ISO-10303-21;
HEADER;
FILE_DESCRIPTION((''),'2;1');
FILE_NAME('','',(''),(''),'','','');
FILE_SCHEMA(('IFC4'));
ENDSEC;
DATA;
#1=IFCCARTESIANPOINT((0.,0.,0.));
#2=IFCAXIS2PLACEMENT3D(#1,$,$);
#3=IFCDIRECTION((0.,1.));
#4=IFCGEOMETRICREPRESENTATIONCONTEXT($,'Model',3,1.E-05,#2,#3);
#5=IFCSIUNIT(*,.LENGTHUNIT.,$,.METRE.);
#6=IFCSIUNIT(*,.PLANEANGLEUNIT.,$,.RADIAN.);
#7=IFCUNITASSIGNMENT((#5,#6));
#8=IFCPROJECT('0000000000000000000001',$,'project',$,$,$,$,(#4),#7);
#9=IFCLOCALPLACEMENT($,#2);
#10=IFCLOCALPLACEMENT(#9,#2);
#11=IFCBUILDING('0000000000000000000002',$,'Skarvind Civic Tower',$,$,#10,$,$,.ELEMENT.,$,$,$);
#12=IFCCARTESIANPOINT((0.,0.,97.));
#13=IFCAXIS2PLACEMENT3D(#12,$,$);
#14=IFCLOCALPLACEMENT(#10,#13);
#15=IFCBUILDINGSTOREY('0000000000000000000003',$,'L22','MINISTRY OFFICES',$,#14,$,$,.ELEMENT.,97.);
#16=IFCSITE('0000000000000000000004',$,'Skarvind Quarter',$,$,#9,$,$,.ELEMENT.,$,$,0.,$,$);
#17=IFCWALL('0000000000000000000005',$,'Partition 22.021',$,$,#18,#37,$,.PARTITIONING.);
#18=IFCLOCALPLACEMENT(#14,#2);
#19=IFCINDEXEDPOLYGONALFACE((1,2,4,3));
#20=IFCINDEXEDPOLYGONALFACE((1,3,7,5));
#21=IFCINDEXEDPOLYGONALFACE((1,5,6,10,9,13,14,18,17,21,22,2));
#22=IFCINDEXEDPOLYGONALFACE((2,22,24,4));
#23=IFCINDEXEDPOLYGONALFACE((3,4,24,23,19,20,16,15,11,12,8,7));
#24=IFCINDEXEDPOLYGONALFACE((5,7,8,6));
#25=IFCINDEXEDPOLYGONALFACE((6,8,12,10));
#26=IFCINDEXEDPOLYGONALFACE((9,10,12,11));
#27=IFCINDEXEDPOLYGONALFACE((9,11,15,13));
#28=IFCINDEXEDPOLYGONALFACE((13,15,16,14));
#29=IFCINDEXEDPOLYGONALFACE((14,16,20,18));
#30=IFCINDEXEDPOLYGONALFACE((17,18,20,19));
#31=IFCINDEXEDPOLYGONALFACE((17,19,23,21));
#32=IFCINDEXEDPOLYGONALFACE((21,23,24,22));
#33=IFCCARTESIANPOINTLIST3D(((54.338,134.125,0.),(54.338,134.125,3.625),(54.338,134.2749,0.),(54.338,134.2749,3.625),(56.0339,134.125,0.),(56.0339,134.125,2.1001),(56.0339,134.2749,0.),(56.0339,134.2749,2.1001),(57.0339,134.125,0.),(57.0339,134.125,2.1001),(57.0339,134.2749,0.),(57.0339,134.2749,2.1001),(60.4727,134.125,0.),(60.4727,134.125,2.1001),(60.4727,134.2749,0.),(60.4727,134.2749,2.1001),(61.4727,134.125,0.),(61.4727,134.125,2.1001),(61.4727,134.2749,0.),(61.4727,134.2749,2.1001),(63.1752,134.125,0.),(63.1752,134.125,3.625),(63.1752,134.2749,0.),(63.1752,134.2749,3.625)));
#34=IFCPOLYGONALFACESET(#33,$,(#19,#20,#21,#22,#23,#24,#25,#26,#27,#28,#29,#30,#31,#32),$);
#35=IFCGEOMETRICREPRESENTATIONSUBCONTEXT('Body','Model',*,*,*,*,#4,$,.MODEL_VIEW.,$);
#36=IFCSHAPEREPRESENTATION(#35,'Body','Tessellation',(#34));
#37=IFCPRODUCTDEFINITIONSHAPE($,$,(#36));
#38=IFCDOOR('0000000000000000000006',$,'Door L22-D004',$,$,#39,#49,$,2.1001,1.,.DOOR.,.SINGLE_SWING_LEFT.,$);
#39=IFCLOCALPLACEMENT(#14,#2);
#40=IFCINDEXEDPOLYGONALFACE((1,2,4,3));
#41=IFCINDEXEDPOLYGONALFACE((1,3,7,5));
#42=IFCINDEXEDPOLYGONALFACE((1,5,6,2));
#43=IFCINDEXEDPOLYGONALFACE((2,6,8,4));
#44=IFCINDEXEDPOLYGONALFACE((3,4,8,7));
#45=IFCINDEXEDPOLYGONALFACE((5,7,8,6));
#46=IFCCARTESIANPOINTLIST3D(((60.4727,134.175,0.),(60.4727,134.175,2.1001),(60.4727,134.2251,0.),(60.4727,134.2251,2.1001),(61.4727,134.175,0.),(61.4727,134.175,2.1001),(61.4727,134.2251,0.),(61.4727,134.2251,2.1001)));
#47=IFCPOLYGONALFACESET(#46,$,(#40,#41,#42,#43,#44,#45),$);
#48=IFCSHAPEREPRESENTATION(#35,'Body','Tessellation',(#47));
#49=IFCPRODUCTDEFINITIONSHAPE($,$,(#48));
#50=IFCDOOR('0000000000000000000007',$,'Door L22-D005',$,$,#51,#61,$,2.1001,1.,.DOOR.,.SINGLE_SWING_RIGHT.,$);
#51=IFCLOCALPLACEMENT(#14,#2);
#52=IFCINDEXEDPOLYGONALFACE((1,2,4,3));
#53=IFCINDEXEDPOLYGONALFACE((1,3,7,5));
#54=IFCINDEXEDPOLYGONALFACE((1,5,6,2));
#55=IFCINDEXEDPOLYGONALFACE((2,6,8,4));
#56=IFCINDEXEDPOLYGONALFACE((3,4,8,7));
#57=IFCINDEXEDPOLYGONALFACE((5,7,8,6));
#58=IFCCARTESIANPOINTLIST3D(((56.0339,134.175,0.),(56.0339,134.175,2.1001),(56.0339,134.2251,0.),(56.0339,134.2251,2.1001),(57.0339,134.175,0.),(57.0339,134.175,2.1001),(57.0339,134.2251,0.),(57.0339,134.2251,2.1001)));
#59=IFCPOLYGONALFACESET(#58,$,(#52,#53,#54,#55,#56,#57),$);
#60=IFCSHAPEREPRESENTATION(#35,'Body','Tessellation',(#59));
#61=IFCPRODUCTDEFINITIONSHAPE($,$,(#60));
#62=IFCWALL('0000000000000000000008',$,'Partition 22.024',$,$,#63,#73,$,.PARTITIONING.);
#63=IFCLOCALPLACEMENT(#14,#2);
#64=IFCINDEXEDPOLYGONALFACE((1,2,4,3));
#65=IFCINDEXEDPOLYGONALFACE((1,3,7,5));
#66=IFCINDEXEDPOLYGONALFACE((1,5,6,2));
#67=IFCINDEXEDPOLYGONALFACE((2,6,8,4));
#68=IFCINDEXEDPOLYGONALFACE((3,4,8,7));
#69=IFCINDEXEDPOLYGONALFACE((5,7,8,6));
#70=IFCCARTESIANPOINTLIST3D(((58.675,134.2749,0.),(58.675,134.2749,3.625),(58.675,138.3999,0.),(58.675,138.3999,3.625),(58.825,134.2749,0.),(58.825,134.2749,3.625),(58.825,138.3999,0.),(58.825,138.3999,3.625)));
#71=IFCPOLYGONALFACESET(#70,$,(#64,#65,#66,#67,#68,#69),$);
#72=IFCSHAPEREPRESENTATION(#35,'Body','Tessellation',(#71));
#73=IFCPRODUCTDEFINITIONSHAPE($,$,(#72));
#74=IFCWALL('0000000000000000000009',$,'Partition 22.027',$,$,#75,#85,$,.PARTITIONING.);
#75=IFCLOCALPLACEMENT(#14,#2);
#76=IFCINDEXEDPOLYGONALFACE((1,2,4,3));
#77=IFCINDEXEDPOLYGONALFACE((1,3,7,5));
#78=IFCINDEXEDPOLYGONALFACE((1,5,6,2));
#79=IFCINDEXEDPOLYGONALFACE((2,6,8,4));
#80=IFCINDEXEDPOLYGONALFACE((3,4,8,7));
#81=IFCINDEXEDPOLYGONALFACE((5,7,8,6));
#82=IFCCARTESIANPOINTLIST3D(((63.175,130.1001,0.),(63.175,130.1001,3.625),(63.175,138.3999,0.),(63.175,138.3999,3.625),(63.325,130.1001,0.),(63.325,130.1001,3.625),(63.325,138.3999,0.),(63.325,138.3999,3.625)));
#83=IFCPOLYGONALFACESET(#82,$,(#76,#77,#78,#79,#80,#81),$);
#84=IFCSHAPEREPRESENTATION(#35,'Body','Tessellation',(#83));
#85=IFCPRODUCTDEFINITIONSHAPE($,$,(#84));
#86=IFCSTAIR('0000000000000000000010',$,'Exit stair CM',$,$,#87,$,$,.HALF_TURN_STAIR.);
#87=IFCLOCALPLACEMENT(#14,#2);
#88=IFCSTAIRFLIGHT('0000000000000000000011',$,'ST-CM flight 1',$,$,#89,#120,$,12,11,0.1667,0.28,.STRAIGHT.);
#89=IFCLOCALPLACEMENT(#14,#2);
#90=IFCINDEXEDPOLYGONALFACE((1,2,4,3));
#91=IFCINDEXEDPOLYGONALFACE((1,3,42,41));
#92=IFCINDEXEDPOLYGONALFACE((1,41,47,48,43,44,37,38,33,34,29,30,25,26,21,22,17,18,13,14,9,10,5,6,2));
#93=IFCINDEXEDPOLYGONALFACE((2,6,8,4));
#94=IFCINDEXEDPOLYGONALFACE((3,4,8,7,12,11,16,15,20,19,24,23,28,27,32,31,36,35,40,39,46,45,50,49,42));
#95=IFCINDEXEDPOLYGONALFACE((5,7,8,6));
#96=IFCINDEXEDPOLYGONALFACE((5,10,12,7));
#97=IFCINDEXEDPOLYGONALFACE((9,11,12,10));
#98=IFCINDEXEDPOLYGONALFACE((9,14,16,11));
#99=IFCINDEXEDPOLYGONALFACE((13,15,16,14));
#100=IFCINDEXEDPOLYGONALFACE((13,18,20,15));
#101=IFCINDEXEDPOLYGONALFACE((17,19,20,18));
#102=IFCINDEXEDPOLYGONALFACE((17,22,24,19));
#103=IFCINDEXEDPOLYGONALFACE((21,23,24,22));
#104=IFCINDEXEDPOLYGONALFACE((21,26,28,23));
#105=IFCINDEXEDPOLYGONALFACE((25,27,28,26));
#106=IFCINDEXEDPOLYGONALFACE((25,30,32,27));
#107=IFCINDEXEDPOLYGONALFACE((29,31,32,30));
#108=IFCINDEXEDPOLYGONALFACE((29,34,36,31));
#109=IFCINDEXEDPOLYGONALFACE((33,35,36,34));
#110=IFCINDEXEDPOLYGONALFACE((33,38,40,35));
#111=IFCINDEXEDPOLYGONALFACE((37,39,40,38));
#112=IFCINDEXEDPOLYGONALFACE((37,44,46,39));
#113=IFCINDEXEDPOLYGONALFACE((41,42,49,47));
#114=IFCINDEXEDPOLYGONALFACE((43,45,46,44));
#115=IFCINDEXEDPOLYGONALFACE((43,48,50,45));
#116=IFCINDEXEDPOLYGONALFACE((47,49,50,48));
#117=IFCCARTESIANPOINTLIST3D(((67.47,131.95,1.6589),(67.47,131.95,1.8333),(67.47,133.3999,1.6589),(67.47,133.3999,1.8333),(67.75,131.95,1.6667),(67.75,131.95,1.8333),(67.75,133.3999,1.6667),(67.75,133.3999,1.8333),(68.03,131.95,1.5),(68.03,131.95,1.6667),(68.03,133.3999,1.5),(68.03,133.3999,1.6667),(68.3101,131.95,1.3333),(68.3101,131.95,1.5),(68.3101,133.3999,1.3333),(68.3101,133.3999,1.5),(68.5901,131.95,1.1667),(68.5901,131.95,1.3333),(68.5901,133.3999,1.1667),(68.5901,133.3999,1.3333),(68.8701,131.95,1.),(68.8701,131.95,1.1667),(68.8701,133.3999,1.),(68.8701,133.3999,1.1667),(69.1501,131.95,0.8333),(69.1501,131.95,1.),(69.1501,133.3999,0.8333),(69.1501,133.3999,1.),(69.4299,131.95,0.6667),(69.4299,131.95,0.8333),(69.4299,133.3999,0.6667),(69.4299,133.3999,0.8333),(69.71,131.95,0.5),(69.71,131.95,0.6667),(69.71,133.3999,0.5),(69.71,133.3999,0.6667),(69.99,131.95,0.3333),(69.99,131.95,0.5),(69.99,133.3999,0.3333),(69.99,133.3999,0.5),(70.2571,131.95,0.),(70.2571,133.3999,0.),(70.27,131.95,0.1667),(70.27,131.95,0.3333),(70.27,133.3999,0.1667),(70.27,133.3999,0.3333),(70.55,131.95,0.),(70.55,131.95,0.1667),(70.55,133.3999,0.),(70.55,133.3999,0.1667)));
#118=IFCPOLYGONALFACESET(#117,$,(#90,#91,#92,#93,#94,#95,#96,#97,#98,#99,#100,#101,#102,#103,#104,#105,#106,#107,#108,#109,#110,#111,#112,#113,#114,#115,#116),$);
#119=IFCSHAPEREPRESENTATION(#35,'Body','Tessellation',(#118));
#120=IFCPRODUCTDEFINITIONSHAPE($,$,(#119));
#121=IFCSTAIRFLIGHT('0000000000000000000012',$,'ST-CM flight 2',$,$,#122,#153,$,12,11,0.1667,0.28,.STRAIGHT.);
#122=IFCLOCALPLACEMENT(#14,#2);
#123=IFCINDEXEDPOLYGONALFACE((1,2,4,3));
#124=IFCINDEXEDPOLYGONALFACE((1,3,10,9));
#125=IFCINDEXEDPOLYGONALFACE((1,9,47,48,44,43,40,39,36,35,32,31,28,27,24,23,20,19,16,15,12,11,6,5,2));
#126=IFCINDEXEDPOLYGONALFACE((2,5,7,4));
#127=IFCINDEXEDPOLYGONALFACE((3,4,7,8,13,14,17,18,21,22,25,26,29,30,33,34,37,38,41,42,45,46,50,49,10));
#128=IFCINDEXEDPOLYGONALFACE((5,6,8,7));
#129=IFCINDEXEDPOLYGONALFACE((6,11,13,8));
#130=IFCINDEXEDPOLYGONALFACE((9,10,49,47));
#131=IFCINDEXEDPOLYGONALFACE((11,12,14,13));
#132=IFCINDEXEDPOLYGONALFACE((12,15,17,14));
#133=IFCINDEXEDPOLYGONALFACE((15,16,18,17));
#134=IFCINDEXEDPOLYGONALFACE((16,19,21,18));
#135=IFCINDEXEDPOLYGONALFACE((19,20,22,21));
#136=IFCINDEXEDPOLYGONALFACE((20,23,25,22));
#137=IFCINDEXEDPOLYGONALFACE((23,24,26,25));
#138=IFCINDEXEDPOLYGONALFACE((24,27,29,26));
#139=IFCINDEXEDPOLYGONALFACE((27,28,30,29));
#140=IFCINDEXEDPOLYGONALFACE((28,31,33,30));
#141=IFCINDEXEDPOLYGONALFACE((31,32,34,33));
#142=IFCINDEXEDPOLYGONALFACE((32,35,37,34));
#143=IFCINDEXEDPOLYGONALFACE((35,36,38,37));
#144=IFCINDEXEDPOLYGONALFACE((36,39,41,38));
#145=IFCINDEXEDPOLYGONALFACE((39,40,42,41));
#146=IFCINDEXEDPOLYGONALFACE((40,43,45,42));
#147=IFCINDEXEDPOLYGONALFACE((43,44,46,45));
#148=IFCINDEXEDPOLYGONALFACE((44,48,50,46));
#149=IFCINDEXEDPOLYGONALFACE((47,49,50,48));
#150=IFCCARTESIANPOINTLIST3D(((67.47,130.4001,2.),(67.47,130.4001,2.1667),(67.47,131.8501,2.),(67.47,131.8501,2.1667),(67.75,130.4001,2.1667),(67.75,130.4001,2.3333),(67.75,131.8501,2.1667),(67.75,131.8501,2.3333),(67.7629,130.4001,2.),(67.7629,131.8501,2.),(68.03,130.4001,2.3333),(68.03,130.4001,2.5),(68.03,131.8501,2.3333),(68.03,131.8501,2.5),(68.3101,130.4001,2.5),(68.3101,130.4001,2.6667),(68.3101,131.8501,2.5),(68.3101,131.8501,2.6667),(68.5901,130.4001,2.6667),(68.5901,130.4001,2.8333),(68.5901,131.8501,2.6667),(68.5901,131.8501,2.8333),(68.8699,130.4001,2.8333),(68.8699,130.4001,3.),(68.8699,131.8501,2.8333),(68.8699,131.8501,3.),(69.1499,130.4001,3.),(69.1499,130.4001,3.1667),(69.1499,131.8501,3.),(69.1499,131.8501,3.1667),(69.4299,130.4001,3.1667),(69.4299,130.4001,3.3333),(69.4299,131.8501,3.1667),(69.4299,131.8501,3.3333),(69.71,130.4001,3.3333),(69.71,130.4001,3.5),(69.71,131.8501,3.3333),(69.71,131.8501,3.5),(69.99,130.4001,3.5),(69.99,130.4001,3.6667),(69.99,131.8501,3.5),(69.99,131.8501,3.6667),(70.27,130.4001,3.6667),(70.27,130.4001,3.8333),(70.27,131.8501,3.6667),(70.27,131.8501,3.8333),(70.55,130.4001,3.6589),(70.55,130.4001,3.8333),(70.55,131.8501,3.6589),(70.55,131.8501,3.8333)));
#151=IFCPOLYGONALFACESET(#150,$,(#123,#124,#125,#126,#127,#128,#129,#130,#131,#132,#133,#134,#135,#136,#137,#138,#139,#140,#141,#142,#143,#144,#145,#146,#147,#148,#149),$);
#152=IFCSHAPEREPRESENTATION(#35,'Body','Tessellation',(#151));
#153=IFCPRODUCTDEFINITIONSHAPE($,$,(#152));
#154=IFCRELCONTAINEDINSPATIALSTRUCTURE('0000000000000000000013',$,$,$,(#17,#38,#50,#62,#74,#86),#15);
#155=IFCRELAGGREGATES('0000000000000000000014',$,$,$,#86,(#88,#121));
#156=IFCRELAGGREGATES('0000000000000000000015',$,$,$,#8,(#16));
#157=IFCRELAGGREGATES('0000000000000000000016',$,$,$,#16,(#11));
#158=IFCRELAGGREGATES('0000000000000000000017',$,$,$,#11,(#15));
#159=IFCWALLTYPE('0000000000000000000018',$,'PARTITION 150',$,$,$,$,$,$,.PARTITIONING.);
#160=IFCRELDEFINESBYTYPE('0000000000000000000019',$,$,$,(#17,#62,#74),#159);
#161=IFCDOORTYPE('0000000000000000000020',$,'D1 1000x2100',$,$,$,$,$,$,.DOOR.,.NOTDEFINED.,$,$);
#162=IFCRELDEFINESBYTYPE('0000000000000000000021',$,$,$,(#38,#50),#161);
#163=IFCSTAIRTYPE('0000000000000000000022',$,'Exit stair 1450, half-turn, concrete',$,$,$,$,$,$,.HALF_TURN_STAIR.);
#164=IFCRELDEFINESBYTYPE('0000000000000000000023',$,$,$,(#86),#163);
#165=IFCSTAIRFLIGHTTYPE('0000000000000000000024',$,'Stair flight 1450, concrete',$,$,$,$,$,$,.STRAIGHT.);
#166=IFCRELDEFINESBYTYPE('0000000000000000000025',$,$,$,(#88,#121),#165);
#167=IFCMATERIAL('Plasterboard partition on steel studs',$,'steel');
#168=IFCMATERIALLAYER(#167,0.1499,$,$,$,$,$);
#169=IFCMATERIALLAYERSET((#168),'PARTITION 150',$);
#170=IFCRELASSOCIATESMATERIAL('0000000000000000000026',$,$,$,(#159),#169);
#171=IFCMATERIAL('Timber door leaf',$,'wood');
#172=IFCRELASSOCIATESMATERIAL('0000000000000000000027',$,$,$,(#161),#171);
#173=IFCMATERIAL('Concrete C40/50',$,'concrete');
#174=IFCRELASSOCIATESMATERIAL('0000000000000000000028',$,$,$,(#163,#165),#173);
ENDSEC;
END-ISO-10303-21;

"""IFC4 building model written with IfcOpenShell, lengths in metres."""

from ifc_helpers import new_model, si_unit, direction, frame, frame_2d, origin, place, context, subcontext, project, spatial, polyline, rectangle, outline, extrude, material, layer, layer_set, type_object, element, fill, aggregate, save


model = new_model("IFC4")

# Units and contexts
model_context = context("Model", 3, precision=1e-05, world=origin(), true_north=direction((0.0, 1.0)))
body_context = subcontext(model_context, "Body", "Model", "MODEL_VIEW")
ifc_project = project(units=[si_unit("LENGTHUNIT", "METRE"), si_unit("PLANEANGLEUNIT", "RADIAN")], contexts=[model_context])

# Site, building, storey
site_placement = place(None, origin())
site = spatial("IfcSite", under=ifc_project, at=site_placement, Name="Skarvind Quarter", CompositionType="ELEMENT", RefElevation=0.0)
building_placement = place(site_placement, origin())
building = spatial("IfcBuilding", under=site, at=building_placement, Name="Skarvind Civic Tower", CompositionType="ELEMENT")
storey_placement = place(building_placement, frame((0.0, 0.0, 97.0)))
storey = spatial("IfcBuildingStorey", under=building, at=storey_placement, Name="L22", Description="MINISTRY OFFICES", CompositionType="ELEMENT", Elevation=97.0)

# Wall, openings, doors
ifc_material_1 = material(Name="Plasterboard partition on steel studs", Category="steel")
ifc_layer_1 = layer(ifc_material_1, 0.1499)
ifc_layer_set_1 = layer_set([ifc_layer_1], Name="PARTITION 150")
wall_type_1 = type_object("IfcWallType", Name="PARTITION 150", PredefinedType="PARTITIONING", material=ifc_layer_set_1)
wall_1_placement = place(storey_placement, frame((63.175, 134.2, 0.0), z_axis=(0.0, 0.0, 1.0), x_axis=(-1.0, 0.0, 0.0)))
wall_1 = element("IfcWall", 1, at=wall_1_placement, inside=storey, type_object=wall_type_1, Name="Partition 22.021", PredefinedType="PARTITIONING", context=body_context, shape_type="SweptSolid", body=[
    extrude(rectangle(XDim=8.8372, YDim=0.1499, at=frame_2d((4.4185, 0.0))), origin(), (0.0, 0.0, 1.0), 3.625),
])
opening_1_placement = place(wall_1_placement, frame((1.7024, 0.0, 0.0)))
opening_1 = element("IfcOpeningElement", 2, at=opening_1_placement, cuts=wall_1, PredefinedType="OPENING", context=body_context, shape_type="SweptSolid", body=[
    extrude(rectangle(XDim=1.0, YDim=2.1001, at=frame_2d((0.5, 1.05))), frame((0.0, 0.085, 0.0), z_axis=(0.0, -1.0, 0.0), x_axis=(1.0, 0.0, 0.0)), (0.0, 0.0, 1.0), 0.1699),
])
opening_2_placement = place(wall_1_placement, frame((6.1411, 0.0, 0.0)))
opening_2 = element("IfcOpeningElement", 3, at=opening_2_placement, cuts=wall_1, PredefinedType="OPENING", context=body_context, shape_type="SweptSolid", body=[
    extrude(rectangle(XDim=1.0, YDim=2.1001, at=frame_2d((0.5, 1.05))), frame((0.0, 0.085, 0.0), z_axis=(0.0, -1.0, 0.0), x_axis=(1.0, 0.0, 0.0)), (0.0, 0.0, 1.0), 0.1699),
])
ifc_material_2 = material(Name="Timber door leaf", Category="wood")
door_type_1 = type_object("IfcDoorType", Name="D1 1000x2100", OperationType="NOTDEFINED", PredefinedType="DOOR", material=ifc_material_2)
door_1_placement = place(opening_1_placement, origin())
door_1 = element("IfcDoor", 4, at=door_1_placement, inside=storey, type_object=door_type_1, Name="Door L22-D004", OperationType="SINGLE_SWING_LEFT", OverallHeight=2.1001, OverallWidth=1.0, PredefinedType="DOOR", context=body_context, shape_type="SweptSolid", body=[
    extrude(rectangle(XDim=1.0, YDim=2.1001, at=frame_2d((0.5, 1.05))), frame((0.0, 0.0249, 0.0), z_axis=(0.0, -1.0, 0.0), x_axis=(1.0, 0.0, 0.0)), (0.0, 0.0, 1.0), 0.05),
])
fill(opening_1, door_1)
door_2_placement = place(opening_2_placement, origin())
door_2 = element("IfcDoor", 5, at=door_2_placement, inside=storey, type_object=door_type_1, Name="Door L22-D005", OperationType="SINGLE_SWING_RIGHT", OverallHeight=2.1001, OverallWidth=1.0, PredefinedType="DOOR", context=body_context, shape_type="SweptSolid", body=[
    extrude(rectangle(XDim=1.0, YDim=2.1001, at=frame_2d((0.5, 1.05))), frame((0.0, 0.0249, 0.0), z_axis=(0.0, -1.0, 0.0), x_axis=(1.0, 0.0, 0.0)), (0.0, 0.0, 1.0), 0.05),
])
fill(opening_2, door_2)

# Walls
wall_2_placement = place(storey_placement, frame((58.75, 134.2749, 0.0), z_axis=(0.0, 0.0, 1.0), x_axis=(0.0, 1.0, 0.0)))
element("IfcWall", 6, at=wall_2_placement, inside=storey, type_object=wall_type_1, Name="Partition 22.024", PredefinedType="PARTITIONING", context=body_context, shape_type="SweptSolid", body=[
    extrude(rectangle(XDim=4.125, YDim=0.1499, at=frame_2d((2.0625, 0.0))), origin(), (0.0, 0.0, 1.0), 3.625),
])
wall_3_placement = place(storey_placement, frame((63.25, 130.1001, 0.0), z_axis=(0.0, 0.0, 1.0), x_axis=(0.0, 1.0, 0.0)))
element("IfcWall", 7, at=wall_3_placement, inside=storey, type_object=wall_type_1, Name="Partition 22.027", PredefinedType="PARTITIONING", context=body_context, shape_type="SweptSolid", body=[
    extrude(rectangle(XDim=8.2998, YDim=0.1499, at=frame_2d((4.1499, 0.0))), origin(), (0.0, 0.0, 1.0), 3.625),
])

# Stair, stair flights
ifc_material_3 = material(Name="Concrete C40/50", Category="concrete")
stair_type = type_object("IfcStairType", Name="Exit stair 1450, half-turn, concrete", PredefinedType="HALF_TURN_STAIR", material=ifc_material_3)
stair_placement = place(storey_placement, origin())
stair = element("IfcStair", 8, at=stair_placement, inside=storey, type_object=stair_type, Name="Exit stair CM", PredefinedType="HALF_TURN_STAIR")
stair_flight_type = type_object("IfcStairFlightType", Name="Stair flight 1450, concrete", PredefinedType="STRAIGHT", material=ifc_material_3)
stair_flight_1_placement = place(storey_placement, frame((70.55, 132.675, 0.0), z_axis=(0.0, 0.0, 1.0), x_axis=(-1.0, 0.0, 0.0)))
stair_flight_1 = element("IfcStairFlight", 9, at=stair_flight_1_placement, type_object=stair_flight_type, Name="ST-CM flight 1", NumberOfRisers=12, NumberOfTreads=11, PredefinedType="STRAIGHT", RiserHeight=0.1667, TreadLength=0.28, context=body_context, shape_type="SweptSolid", body=[
    extrude(outline(polyline([(0.0, 0.0), (0.0, 0.1667), (0.28, 0.1667), (0.28, 0.3333), (0.5601, 0.3333), (0.5601, 0.5), (0.8401, 0.5), (0.8401, 0.6667), (1.1201, 0.6667), (1.1201, 0.8333), (1.3999, 0.8333), (1.3999, 1.0), (1.6799, 1.0), (1.6799, 1.1667), (1.96, 1.1667), (1.96, 1.3333), (2.24, 1.3333), (2.24, 1.5), (2.52, 1.5), (2.52, 1.6667), (2.8, 1.6667), (2.8, 1.8333), (3.0801, 1.8333), (3.0801, 2.0), (3.0801, 1.6589), (0.293, 0.0), (0.0, 0.0)])), frame((0.0, 0.7251, 0.0), z_axis=(0.0, -1.0, 0.0), x_axis=(1.0, 0.0, 0.0)), (0.0, 0.0, 1.0), 1.45),
])
stair_flight_2_placement = place(storey_placement, frame((67.47, 131.125, 2.0), z_axis=(0.0, 0.0, 1.0), x_axis=(1.0, 0.0, 0.0)))
stair_flight_2 = element("IfcStairFlight", 10, at=stair_flight_2_placement, type_object=stair_flight_type, Name="ST-CM flight 2", NumberOfRisers=12, NumberOfTreads=11, PredefinedType="STRAIGHT", RiserHeight=0.1667, TreadLength=0.28, context=body_context, shape_type="SweptSolid", body=[
    extrude(outline(polyline([(0.0, 0.0), (0.0, 0.1667), (0.28, 0.1667), (0.28, 0.3333), (0.5601, 0.3333), (0.5601, 0.5), (0.8401, 0.5), (0.8401, 0.6667), (1.1201, 0.6667), (1.1201, 0.8333), (1.3999, 0.8333), (1.3999, 1.0), (1.6799, 1.0), (1.6799, 1.1667), (1.96, 1.1667), (1.96, 1.3333), (2.24, 1.3333), (2.24, 1.5), (2.52, 1.5), (2.52, 1.6667), (2.8, 1.6667), (2.8, 1.8333), (3.0801, 1.8333), (3.0801, 2.0), (3.0801, 1.6589), (0.293, 0.0), (0.0, 0.0)])), frame((0.0, 0.7251, 0.0), z_axis=(0.0, -1.0, 0.0), x_axis=(1.0, 0.0, 0.0)), (0.0, 0.0, 1.0), 1.45),
])
aggregate(stair, [stair_flight_1, stair_flight_2])

save(model, "model.ifc")
